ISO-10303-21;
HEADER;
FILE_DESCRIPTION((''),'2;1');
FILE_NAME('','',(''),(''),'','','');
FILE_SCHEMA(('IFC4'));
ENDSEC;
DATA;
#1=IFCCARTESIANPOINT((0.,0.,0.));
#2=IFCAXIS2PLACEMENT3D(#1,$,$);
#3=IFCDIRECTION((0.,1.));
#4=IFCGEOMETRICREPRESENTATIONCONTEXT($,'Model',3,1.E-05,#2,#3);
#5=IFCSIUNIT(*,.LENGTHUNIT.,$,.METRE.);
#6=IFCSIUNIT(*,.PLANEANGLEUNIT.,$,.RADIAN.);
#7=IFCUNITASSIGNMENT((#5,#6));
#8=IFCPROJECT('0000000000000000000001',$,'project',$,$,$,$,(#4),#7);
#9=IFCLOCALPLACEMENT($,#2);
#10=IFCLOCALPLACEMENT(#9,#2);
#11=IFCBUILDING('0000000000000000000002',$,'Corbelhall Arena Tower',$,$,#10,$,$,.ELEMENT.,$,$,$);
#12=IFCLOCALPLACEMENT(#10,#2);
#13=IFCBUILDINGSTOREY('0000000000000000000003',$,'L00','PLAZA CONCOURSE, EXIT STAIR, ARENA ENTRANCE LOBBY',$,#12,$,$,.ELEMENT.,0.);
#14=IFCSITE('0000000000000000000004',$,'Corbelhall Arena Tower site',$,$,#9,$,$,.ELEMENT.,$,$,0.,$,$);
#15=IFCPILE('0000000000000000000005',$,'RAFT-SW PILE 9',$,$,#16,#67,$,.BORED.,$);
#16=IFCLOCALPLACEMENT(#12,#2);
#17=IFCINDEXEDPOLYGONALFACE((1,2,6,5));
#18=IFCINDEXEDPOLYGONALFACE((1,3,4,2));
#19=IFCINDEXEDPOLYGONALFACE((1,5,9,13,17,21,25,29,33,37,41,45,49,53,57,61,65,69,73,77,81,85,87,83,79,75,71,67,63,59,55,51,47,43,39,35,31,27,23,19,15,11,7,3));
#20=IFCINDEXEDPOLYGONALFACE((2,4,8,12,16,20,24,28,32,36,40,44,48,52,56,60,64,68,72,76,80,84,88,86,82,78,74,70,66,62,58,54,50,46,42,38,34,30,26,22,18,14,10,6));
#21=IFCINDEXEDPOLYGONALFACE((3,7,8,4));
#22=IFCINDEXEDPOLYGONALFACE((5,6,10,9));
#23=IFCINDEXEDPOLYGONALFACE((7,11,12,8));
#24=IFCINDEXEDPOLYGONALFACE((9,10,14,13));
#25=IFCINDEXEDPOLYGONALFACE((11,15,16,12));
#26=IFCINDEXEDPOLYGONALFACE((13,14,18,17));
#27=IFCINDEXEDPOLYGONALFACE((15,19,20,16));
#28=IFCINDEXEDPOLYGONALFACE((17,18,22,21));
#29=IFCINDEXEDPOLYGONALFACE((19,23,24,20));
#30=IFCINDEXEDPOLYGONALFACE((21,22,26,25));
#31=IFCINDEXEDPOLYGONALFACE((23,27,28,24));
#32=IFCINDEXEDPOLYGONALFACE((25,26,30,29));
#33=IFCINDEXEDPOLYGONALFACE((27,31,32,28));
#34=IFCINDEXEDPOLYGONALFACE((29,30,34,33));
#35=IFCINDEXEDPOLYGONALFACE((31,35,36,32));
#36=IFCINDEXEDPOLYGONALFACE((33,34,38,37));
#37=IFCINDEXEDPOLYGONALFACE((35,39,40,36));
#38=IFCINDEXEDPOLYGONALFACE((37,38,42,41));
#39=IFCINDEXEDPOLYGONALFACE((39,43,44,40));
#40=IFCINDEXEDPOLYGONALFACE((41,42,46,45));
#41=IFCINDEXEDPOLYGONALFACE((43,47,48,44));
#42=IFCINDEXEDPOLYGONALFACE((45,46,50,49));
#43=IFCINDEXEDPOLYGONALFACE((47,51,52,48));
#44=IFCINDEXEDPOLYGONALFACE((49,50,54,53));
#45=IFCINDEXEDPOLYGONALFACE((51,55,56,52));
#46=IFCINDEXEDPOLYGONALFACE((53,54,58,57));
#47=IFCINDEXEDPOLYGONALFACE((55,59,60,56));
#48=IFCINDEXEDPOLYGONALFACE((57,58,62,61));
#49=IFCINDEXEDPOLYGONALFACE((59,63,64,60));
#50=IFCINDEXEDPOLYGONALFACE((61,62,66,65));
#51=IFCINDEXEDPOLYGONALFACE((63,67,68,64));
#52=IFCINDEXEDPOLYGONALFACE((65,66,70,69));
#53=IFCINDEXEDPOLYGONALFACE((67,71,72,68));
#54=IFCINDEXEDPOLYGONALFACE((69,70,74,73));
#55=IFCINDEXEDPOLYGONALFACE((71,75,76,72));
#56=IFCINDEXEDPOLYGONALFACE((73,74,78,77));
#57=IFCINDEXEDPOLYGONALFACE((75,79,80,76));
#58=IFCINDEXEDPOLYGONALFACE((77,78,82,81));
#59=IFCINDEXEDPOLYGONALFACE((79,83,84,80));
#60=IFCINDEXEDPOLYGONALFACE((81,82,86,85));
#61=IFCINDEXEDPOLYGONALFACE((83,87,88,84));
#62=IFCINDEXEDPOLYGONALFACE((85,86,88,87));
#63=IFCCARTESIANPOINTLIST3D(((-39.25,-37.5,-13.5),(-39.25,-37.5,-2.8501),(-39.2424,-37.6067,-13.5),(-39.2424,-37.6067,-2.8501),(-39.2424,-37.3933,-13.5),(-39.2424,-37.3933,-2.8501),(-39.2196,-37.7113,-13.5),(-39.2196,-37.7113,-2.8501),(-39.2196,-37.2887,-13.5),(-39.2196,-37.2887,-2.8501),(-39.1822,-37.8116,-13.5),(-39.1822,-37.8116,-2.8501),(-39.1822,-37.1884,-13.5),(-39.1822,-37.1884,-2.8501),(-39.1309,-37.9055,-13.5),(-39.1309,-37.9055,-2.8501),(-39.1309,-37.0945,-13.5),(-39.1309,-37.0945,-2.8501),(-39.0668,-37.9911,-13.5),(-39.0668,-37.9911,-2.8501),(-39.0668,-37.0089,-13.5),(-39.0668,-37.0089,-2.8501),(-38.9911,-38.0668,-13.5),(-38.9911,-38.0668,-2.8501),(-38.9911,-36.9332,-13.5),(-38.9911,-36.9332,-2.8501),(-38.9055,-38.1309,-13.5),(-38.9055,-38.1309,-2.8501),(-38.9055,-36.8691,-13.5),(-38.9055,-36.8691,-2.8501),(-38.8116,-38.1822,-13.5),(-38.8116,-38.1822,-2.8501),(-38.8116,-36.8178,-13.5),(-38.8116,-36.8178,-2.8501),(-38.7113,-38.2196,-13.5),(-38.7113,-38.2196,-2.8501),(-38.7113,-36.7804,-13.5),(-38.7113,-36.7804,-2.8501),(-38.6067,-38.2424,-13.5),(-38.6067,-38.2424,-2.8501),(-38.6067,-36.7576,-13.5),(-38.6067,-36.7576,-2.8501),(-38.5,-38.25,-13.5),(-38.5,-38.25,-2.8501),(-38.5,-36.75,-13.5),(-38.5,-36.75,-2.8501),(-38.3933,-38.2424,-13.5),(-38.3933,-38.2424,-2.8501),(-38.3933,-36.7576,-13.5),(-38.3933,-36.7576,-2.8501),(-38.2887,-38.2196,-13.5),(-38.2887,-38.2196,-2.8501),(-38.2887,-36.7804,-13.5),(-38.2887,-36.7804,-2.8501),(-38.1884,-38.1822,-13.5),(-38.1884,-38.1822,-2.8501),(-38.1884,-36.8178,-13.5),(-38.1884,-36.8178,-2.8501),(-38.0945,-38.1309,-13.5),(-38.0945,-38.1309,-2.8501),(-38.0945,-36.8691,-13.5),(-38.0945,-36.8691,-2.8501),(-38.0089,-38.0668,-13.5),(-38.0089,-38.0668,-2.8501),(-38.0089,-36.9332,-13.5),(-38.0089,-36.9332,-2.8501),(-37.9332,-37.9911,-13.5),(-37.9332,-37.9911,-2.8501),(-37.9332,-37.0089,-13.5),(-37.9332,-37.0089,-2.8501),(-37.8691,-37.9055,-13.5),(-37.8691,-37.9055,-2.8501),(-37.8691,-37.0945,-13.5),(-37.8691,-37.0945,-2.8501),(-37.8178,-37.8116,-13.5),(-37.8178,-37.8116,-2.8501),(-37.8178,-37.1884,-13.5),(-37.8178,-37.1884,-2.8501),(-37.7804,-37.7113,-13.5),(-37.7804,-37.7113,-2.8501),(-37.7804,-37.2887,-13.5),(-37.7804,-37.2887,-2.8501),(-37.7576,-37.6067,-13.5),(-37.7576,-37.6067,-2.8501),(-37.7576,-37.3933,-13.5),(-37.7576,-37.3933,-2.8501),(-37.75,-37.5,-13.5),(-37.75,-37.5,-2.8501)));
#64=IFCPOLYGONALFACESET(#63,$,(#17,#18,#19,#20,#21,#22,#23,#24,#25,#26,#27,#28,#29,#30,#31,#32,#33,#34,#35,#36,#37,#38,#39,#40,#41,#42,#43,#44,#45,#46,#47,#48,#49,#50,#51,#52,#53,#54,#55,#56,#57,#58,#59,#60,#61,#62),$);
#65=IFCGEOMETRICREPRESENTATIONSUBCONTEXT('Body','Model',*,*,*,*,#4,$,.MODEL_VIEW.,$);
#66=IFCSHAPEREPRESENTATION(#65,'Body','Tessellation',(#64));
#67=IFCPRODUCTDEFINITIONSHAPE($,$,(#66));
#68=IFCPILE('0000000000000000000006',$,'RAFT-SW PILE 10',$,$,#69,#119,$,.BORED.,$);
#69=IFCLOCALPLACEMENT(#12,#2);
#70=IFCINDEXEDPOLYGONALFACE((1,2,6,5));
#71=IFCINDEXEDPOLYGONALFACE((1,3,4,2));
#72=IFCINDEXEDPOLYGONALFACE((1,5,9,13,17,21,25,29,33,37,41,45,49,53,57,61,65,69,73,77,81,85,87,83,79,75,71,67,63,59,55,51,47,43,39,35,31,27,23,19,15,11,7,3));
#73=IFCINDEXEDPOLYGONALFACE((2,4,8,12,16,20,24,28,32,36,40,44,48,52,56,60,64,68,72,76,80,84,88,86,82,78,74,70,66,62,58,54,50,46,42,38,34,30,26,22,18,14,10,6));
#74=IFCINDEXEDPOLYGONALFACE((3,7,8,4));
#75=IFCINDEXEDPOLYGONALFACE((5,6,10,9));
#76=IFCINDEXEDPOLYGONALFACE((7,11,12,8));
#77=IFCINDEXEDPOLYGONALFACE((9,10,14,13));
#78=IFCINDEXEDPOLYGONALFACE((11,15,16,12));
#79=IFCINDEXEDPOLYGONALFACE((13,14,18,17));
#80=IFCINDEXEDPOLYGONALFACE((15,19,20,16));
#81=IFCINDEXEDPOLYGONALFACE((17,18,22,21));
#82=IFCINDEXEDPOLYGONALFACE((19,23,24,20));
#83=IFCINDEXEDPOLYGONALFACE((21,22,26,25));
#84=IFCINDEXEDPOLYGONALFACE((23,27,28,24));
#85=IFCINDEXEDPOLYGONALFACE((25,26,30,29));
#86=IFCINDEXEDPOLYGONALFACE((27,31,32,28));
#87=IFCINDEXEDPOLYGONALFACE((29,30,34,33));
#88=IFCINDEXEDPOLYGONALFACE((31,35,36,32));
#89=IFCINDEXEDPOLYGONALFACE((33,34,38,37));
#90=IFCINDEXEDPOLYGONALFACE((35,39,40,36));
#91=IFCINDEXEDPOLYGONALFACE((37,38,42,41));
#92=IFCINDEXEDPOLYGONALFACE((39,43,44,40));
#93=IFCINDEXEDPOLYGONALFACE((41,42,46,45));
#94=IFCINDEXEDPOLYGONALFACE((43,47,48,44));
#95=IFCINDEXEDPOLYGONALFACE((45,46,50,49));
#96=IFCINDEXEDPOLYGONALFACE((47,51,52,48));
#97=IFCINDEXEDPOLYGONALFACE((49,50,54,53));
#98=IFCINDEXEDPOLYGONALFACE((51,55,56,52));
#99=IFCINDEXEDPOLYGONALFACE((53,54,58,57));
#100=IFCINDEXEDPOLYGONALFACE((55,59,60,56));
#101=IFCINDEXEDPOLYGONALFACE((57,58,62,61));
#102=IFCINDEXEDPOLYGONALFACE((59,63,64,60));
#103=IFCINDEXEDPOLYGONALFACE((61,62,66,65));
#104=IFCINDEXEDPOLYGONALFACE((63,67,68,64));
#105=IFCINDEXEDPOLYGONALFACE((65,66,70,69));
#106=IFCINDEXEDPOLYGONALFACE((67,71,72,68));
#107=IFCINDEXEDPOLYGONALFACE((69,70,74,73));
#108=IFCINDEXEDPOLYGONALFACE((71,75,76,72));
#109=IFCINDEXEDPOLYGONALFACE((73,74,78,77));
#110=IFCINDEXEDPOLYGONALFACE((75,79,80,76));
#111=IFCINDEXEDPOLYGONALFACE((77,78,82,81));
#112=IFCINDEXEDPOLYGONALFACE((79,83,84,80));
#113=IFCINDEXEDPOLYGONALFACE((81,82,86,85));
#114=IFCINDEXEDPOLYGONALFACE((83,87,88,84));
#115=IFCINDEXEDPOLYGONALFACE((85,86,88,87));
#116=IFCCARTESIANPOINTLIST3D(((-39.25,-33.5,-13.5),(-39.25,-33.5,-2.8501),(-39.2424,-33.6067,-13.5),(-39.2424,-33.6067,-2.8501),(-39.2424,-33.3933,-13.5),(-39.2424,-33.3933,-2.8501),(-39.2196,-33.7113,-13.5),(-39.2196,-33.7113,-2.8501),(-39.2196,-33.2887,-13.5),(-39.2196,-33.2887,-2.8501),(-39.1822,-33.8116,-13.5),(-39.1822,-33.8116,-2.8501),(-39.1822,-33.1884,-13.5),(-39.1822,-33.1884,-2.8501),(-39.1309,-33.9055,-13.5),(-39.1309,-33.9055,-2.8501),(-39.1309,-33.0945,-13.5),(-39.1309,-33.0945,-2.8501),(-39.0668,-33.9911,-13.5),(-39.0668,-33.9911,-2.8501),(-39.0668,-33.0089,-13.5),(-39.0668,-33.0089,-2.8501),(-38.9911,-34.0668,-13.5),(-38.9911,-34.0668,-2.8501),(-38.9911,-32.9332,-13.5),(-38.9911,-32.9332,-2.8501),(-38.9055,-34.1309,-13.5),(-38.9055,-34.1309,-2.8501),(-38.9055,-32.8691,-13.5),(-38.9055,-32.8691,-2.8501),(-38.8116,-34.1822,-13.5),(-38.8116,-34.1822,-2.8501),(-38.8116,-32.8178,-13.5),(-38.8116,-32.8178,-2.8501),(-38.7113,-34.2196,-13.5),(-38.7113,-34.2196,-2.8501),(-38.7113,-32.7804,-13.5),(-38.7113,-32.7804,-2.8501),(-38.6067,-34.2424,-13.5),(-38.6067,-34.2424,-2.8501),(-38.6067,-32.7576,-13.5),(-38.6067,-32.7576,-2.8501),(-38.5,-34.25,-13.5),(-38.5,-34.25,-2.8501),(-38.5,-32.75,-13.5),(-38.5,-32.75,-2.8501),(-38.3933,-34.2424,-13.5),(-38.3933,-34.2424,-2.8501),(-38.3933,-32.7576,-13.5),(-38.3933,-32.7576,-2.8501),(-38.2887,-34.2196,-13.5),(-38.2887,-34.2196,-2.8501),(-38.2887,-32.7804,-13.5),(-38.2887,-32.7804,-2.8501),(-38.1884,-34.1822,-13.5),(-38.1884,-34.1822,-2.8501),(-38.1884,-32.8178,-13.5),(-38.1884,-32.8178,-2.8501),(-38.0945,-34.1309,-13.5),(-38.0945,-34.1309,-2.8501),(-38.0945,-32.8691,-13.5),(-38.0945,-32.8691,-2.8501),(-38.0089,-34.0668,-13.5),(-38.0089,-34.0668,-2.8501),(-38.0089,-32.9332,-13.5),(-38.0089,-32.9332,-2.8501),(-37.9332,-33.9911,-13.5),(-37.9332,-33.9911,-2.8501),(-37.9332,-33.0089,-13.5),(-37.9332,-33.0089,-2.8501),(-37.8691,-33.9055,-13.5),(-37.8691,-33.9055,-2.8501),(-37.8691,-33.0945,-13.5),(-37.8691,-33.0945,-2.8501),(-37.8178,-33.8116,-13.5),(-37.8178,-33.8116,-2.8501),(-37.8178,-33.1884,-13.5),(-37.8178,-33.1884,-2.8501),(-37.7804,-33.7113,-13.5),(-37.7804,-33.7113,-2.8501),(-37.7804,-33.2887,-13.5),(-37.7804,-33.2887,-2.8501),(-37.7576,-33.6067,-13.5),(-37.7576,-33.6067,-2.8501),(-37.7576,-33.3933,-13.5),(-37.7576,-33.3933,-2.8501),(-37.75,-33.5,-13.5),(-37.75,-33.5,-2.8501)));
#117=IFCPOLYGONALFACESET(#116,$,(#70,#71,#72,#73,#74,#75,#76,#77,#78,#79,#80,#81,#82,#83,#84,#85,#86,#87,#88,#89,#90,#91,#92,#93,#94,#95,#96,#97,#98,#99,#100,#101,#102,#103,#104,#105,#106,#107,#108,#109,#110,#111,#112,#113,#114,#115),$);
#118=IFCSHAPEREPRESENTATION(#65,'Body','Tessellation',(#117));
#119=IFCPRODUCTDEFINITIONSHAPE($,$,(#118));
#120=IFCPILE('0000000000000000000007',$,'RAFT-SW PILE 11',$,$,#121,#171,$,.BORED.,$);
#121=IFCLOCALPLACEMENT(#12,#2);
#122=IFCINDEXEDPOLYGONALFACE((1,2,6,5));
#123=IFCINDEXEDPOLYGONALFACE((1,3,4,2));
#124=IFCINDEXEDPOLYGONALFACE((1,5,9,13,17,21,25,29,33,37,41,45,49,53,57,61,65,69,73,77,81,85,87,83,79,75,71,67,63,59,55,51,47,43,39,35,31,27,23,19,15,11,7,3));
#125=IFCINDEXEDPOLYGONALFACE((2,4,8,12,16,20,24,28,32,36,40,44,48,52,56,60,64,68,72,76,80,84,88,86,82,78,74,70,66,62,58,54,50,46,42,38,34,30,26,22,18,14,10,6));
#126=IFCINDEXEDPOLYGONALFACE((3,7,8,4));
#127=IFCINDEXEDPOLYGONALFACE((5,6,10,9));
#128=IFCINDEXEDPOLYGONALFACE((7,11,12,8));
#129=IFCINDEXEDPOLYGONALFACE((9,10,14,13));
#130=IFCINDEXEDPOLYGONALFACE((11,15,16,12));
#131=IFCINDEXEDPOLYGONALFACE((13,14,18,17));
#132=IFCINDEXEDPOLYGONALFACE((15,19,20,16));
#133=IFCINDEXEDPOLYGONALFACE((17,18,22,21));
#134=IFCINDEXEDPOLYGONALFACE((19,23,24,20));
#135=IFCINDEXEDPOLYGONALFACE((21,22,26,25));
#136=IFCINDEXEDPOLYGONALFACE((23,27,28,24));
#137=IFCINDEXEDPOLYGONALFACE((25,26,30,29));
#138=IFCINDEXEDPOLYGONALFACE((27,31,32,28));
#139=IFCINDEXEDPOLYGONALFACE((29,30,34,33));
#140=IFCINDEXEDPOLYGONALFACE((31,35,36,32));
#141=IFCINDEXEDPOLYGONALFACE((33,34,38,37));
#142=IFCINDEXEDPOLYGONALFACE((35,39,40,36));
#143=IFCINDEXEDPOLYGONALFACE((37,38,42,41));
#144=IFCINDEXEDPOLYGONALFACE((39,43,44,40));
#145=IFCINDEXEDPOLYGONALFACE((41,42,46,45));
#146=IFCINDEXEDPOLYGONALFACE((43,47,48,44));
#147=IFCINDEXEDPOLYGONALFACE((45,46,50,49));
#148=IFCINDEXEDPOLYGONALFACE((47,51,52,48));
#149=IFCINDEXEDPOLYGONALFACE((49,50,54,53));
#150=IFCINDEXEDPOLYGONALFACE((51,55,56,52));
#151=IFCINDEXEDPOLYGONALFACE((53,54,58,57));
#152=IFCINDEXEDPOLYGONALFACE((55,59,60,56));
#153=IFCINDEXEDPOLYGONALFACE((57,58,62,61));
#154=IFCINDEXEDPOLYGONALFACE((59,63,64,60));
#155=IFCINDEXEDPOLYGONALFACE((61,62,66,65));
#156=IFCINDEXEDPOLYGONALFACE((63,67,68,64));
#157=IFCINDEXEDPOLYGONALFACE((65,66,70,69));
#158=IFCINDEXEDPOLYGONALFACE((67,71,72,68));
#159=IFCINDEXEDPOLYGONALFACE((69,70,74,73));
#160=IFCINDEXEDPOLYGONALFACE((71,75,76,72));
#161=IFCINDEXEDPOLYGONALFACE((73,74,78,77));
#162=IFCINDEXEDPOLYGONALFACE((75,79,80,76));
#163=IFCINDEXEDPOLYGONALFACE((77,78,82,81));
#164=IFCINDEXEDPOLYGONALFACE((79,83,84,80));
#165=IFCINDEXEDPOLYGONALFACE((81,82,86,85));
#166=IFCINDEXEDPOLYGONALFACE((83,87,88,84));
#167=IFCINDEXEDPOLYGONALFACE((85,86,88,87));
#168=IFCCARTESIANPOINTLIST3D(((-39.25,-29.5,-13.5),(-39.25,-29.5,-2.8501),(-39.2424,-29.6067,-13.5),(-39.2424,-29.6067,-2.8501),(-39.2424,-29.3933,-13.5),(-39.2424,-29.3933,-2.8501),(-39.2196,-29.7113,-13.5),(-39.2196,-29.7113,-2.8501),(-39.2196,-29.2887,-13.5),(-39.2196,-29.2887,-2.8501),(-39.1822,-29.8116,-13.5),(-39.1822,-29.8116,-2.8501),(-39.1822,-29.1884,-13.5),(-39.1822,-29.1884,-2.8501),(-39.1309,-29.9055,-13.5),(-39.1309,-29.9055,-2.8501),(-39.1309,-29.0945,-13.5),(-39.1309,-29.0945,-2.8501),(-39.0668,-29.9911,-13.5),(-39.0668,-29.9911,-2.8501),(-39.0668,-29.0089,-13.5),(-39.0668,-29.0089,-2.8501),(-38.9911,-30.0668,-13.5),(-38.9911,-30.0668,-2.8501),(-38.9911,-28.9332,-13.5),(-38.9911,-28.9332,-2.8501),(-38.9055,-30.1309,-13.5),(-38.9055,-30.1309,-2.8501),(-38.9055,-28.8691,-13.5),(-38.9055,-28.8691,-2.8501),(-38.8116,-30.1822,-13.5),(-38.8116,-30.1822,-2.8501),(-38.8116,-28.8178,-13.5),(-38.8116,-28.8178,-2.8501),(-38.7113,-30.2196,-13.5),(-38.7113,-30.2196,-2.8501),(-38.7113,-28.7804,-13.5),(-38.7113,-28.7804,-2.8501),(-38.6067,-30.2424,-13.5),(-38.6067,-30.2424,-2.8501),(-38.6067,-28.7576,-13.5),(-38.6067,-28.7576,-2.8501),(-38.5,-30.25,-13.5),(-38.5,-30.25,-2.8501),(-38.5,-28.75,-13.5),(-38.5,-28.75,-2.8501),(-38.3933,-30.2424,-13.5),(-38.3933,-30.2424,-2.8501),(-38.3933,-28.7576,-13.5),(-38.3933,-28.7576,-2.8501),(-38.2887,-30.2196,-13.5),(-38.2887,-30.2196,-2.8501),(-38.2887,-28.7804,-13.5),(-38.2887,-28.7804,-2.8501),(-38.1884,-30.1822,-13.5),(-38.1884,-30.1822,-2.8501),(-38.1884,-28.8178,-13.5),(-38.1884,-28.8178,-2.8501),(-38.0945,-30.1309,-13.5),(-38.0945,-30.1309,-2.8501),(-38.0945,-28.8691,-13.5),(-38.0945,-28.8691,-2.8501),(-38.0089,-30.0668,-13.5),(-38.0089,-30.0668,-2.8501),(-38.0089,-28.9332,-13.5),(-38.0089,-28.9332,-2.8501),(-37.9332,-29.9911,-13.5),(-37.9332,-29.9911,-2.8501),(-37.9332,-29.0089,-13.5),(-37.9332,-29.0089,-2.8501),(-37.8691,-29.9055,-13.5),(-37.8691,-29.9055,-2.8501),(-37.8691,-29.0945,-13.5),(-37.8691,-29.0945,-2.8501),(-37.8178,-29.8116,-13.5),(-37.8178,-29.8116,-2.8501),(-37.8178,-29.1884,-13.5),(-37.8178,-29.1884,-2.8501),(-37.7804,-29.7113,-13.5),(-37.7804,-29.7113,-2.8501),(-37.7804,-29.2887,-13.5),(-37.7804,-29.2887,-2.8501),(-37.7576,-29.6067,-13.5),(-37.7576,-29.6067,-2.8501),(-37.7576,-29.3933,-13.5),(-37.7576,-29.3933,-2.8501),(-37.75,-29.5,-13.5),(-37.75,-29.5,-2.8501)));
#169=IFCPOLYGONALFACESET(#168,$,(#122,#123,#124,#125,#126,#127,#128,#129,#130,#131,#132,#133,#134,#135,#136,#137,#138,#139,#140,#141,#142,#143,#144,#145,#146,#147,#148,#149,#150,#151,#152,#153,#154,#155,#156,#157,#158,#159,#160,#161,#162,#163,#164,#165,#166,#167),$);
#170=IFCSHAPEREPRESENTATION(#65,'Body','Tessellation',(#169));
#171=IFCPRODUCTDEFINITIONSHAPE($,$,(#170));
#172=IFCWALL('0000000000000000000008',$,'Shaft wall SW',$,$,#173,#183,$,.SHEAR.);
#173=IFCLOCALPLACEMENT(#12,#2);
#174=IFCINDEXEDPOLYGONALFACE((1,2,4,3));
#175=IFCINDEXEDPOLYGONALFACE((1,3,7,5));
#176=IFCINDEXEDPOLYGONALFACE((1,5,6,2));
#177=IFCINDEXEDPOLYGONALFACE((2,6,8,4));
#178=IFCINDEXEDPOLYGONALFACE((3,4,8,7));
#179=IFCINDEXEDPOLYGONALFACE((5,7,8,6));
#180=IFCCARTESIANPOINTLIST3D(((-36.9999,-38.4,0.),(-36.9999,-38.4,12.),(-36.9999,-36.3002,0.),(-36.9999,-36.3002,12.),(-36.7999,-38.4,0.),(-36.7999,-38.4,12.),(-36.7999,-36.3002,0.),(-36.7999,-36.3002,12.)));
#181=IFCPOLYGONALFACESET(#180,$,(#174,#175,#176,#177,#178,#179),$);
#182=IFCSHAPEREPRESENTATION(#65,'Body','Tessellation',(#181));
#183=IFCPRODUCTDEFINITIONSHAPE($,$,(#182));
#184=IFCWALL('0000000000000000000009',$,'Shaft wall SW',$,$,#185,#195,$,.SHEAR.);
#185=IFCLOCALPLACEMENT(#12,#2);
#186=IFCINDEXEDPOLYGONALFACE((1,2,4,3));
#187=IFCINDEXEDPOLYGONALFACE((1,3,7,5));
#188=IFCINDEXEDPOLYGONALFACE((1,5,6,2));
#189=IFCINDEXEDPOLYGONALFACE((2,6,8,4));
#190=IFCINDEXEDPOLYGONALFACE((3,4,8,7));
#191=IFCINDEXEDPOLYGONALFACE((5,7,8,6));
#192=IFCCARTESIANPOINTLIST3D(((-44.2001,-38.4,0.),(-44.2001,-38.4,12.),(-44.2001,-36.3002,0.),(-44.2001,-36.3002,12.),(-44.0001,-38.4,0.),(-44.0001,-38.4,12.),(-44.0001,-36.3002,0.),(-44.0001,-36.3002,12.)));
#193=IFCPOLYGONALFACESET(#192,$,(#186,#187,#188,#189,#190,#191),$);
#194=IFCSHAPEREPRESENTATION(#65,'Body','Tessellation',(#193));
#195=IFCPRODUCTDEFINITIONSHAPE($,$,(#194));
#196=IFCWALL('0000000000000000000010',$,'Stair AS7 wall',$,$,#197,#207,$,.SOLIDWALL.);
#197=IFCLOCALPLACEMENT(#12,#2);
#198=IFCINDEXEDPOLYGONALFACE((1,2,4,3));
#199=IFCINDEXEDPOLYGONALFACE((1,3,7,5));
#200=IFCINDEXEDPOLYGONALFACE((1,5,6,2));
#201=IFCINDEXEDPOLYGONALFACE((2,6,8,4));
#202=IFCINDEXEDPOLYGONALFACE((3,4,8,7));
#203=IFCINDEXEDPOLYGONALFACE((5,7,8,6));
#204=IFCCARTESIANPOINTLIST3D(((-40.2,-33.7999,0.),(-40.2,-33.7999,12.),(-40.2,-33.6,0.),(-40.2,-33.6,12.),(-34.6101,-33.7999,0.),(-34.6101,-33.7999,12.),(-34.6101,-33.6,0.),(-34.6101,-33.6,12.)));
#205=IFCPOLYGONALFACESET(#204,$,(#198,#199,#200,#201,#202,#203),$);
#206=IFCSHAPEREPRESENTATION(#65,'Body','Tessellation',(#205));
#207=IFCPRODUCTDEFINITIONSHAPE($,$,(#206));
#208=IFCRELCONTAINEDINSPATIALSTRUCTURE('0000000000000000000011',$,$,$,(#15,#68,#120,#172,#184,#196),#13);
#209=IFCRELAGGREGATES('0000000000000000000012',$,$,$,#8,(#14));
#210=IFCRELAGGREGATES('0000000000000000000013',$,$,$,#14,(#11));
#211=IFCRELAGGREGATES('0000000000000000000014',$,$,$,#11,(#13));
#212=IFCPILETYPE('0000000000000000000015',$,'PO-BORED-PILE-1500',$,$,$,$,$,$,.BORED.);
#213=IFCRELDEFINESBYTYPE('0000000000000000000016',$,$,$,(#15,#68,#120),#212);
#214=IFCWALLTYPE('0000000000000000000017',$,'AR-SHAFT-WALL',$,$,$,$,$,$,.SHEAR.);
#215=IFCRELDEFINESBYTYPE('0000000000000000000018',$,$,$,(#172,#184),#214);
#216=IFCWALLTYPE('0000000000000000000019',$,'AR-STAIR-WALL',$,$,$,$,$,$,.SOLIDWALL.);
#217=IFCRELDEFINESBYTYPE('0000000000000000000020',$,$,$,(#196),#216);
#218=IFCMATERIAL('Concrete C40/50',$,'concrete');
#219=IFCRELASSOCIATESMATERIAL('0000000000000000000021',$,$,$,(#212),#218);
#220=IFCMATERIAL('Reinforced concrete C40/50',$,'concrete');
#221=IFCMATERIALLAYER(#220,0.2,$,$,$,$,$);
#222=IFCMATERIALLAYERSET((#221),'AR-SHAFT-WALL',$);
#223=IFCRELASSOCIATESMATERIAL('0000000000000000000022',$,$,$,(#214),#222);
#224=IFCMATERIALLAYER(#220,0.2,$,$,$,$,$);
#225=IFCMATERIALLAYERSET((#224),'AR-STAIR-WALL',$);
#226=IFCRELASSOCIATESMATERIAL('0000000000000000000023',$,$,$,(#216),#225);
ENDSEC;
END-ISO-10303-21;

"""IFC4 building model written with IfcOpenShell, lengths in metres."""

from ifc_helpers import new_model, si_unit, direction, frame, frame_2d, origin, origin_2d, place, context, subcontext, project, spatial, rectangle, circle, extrude, material, layer, layer_set, material_profile, profile_set, type_object, element, save


model = new_model("IFC4")

# Units and contexts
model_context = context("Model", 3, precision=1e-05, world=origin(), true_north=direction((0.0, 1.0)))
body_context = subcontext(model_context, "Body", "Model", "MODEL_VIEW")
ifc_project = project(units=[si_unit("LENGTHUNIT", "METRE"), si_unit("PLANEANGLEUNIT", "RADIAN")], contexts=[model_context])

# Site, building, storey
site_placement = place(None, origin())
site = spatial("IfcSite", under=ifc_project, at=site_placement, Name="Corbelhall Arena Tower site", CompositionType="ELEMENT", RefElevation=0.0)
building_placement = place(site_placement, origin())
building = spatial("IfcBuilding", under=site, at=building_placement, Name="Corbelhall Arena Tower", CompositionType="ELEMENT")
storey_placement = place(building_placement, origin())
storey = spatial("IfcBuildingStorey", under=building, at=storey_placement, Name="L00", Description="PLAZA CONCOURSE, EXIT STAIR, ARENA ENTRANCE LOBBY", CompositionType="ELEMENT", Elevation=0.0)

# Piles
ifc_material_1 = material(Name="Concrete C40/50", Category="concrete")
ifc_material_profile = material_profile(ifc_material_1, circle(Radius=0.75, at=origin_2d()))
ifc_profile_set = profile_set([ifc_material_profile], Name="Concrete C40/50")
pile_type = type_object("IfcPileType", Name="PO-BORED-PILE-1500", PredefinedType="BORED", material=ifc_profile_set)
for number, where, z_axis, x_axis, name in (
    (1, (-38.5, -37.5, -2.8501), (0.0, 0.0, -1.0), (1.0, 0.0, 0.0), "RAFT-SW PILE 9"),
    (2, (-38.5, -33.5, -2.8501), (0.0, 0.0, -1.0), (1.0, 0.0, 0.0), "RAFT-SW PILE 10"),
    (3, (-38.5, -29.5, -2.8501), (0.0, 0.0, -1.0), (1.0, 0.0, 0.0), "RAFT-SW PILE 11"),
):
    element("IfcPile", number, at=place(storey_placement, frame(where, z_axis=z_axis, x_axis=x_axis)), inside=storey, type_object=pile_type, Name=name, PredefinedType="BORED", context=body_context, shape_type="SweptSolid", body=[
        extrude(circle(Radius=0.75, at=origin_2d()), origin(), (0.0, 0.0, 1.0), 10.6499),
    ])

# Shared definitions
ifc_material_2 = material(Name="Reinforced concrete C40/50", Category="concrete")
ifc_layer_1 = layer(ifc_material_2, 0.2)
ifc_layer_set_1 = layer_set([ifc_layer_1], Name="AR-SHAFT-WALL")
wall_type_1 = type_object("IfcWallType", Name="AR-SHAFT-WALL", PredefinedType="SHEAR", material=ifc_layer_set_1)

# Walls
for number, where, z_axis, x_axis, name in (
    (4, (-36.8999, -38.3999, 0.0), (0.0, 0.0, 1.0), (0.0, 1.0, 0.0), "Shaft wall SW"),
    (5, (-44.1001, -38.3999, 0.0), (0.0, 0.0, 1.0), (0.0, 1.0, 0.0), "Shaft wall SW"),
):
    element("IfcWall", number, at=place(storey_placement, frame(where, z_axis=z_axis, x_axis=x_axis)), inside=storey, type_object=wall_type_1, Name=name, PredefinedType="SHEAR", context=body_context, shape_type="SweptSolid", body=[
        extrude(rectangle(XDim=2.0999, YDim=0.2, at=frame_2d((1.0498, 0.0))), origin(), (0.0, 0.0, 1.0), 12.0),
    ])
ifc_layer_2 = layer(ifc_material_2, 0.2)
ifc_layer_set_2 = layer_set([ifc_layer_2], Name="AR-STAIR-WALL")
wall_type_2 = type_object("IfcWallType", Name="AR-STAIR-WALL", PredefinedType="SOLIDWALL", material=ifc_layer_set_2)
wall_1_placement = place(storey_placement, frame((-40.2, -33.7, 0.0), z_axis=(0.0, 0.0, 1.0), x_axis=(1.0, 0.0, 0.0)))
element("IfcWall", 6, at=wall_1_placement, inside=storey, type_object=wall_type_2, Name="Stair AS7 wall", PredefinedType="SOLIDWALL", context=body_context, shape_type="SweptSolid", body=[
    extrude(rectangle(XDim=5.5898, YDim=0.2, at=frame_2d((2.7949, 0.0))), origin(), (0.0, 0.0, 1.0), 12.0),
])

save(model, "model.ifc")
